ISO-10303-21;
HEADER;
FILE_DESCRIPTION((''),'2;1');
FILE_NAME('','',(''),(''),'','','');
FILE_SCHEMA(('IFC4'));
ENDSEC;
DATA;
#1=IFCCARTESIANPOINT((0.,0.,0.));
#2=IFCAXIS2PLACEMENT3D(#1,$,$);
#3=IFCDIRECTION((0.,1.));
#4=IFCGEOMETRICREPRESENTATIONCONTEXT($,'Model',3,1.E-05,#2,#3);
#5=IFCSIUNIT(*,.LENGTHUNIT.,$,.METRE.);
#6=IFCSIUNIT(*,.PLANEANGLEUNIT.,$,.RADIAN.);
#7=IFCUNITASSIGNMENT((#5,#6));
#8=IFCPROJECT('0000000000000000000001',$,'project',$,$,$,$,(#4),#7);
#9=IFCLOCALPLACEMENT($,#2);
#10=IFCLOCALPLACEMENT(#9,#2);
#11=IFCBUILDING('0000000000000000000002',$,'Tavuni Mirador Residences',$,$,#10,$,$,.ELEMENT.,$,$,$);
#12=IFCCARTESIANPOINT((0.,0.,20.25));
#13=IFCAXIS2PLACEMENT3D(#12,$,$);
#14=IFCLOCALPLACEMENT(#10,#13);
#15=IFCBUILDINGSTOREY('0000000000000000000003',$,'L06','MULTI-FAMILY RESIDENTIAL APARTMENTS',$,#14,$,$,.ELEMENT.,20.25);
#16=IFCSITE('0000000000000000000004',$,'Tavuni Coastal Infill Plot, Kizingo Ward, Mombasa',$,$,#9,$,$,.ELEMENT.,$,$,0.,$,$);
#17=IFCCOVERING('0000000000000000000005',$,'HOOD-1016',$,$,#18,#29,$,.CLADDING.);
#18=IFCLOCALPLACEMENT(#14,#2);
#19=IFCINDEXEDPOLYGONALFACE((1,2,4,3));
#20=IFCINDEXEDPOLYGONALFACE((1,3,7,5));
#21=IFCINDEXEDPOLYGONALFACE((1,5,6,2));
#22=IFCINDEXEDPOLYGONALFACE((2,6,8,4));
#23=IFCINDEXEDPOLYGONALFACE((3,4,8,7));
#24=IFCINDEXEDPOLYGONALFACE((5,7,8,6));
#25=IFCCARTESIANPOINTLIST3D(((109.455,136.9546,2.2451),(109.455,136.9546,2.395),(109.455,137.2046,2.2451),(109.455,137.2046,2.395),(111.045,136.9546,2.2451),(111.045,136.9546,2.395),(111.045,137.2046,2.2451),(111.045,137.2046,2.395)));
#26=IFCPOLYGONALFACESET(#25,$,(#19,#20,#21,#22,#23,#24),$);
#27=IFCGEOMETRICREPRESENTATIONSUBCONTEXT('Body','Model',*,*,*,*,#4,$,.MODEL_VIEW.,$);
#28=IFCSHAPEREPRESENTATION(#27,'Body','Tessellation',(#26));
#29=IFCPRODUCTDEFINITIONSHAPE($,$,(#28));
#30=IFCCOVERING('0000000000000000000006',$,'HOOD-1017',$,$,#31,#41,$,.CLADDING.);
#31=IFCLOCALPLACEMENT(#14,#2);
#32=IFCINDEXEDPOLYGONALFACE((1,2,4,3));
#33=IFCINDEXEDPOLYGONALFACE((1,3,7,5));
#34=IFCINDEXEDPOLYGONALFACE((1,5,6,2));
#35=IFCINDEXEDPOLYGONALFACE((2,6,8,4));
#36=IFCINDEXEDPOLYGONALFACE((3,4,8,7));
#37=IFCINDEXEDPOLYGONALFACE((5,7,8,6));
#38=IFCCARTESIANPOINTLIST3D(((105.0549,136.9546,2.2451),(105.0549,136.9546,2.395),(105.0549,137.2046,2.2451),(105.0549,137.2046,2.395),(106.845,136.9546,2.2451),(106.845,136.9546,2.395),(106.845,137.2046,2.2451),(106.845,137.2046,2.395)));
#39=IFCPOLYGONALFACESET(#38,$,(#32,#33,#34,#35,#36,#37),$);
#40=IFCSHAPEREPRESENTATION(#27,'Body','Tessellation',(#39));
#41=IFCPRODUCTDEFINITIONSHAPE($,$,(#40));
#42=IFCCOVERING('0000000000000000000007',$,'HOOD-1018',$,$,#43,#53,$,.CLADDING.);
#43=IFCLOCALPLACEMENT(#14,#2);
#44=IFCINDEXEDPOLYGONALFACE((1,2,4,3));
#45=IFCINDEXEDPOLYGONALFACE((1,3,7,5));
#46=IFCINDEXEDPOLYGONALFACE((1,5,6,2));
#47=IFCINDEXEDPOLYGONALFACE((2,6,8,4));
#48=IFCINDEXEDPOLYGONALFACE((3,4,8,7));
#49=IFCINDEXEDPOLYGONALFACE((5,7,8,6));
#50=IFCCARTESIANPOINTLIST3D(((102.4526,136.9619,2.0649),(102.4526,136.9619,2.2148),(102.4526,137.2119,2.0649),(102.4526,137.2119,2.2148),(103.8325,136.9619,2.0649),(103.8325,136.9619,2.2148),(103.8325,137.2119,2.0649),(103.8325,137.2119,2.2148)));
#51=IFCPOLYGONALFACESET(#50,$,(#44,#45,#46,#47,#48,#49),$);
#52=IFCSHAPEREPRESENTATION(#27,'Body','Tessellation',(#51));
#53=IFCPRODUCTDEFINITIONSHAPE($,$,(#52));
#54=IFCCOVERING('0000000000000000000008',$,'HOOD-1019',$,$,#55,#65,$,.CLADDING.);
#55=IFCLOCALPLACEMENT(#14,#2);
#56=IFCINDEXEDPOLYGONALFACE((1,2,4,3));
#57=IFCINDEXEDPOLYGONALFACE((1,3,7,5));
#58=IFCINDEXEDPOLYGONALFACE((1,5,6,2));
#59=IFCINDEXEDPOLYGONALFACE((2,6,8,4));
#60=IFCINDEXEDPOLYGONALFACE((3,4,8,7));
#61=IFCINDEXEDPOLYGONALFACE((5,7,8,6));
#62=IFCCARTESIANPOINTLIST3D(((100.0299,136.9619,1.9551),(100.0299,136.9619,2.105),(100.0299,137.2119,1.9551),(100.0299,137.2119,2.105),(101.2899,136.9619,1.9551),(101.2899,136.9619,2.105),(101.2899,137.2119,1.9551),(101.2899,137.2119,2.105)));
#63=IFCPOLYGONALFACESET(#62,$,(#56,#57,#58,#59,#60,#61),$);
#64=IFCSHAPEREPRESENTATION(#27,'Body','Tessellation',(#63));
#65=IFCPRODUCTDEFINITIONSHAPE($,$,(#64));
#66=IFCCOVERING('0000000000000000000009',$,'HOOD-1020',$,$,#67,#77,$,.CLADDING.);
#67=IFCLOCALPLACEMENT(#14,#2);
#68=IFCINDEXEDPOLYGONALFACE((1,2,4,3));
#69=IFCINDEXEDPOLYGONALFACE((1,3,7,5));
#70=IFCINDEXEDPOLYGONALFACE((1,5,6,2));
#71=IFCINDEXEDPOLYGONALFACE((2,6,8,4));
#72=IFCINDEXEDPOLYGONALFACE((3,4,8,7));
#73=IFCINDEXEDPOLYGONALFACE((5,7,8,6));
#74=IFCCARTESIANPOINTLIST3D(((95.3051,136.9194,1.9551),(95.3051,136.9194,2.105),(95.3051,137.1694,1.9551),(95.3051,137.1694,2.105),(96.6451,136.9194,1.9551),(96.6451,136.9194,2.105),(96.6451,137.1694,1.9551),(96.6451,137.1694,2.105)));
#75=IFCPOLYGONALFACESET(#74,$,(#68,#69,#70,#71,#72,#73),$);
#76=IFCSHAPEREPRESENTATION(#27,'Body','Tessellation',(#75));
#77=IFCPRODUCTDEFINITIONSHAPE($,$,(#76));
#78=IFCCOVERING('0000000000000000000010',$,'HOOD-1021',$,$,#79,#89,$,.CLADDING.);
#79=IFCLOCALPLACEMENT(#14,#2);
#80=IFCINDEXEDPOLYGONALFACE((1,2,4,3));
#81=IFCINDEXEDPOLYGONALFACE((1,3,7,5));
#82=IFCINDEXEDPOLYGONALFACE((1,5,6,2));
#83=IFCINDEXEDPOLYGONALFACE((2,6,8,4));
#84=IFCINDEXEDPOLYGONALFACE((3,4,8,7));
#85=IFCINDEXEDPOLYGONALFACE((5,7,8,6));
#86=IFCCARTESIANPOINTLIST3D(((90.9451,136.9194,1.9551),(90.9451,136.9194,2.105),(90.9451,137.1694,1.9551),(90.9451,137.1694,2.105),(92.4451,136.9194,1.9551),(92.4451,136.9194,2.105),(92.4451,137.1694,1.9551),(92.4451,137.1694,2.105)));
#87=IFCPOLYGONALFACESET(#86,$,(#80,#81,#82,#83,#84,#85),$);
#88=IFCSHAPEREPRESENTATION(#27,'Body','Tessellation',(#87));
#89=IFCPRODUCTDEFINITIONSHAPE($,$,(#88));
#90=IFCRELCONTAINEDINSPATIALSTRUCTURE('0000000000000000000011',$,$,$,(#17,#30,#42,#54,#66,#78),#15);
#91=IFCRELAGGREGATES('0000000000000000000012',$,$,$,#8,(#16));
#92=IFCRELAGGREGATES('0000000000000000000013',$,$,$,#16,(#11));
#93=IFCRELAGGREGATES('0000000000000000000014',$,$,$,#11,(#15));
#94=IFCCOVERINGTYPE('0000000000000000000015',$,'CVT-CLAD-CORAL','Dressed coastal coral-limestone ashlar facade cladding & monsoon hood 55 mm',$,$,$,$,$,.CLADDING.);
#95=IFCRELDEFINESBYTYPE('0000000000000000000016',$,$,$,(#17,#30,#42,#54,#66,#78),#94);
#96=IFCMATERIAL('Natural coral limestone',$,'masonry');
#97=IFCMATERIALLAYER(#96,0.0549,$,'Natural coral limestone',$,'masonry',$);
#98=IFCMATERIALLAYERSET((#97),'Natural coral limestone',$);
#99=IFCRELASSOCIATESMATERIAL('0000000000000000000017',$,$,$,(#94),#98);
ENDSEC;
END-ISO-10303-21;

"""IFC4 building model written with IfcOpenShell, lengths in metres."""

from ifc_helpers import new_model, si_unit, direction, frame, origin, origin_2d, place, context, subcontext, project, spatial, rectangle, extrude, material, layer, layer_set, type_object, element, save


model = new_model("IFC4")

# Units and contexts
model_context = context("Model", 3, precision=1e-05, world=origin(), true_north=direction((0.0, 1.0)))
body_context = subcontext(model_context, "Body", "Model", "MODEL_VIEW")
ifc_project = project(units=[si_unit("LENGTHUNIT", "METRE"), si_unit("PLANEANGLEUNIT", "RADIAN")], contexts=[model_context])

# Site, building, storey
site_placement = place(None, origin())
site = spatial("IfcSite", under=ifc_project, at=site_placement, Name="Tavuni Coastal Infill Plot, Kizingo Ward, Mombasa", CompositionType="ELEMENT", RefElevation=0.0)
building_placement = place(site_placement, origin())
building = spatial("IfcBuilding", under=site, at=building_placement, Name="Tavuni Mirador Residences", CompositionType="ELEMENT")
storey_placement = place(building_placement, frame((0.0, 0.0, 20.25)))
storey = spatial("IfcBuildingStorey", under=building, at=storey_placement, Name="L06", Description="MULTI-FAMILY RESIDENTIAL APARTMENTS", CompositionType="ELEMENT", Elevation=20.25)

# Coverings
ifc_material_1 = material(Name="Natural coral limestone", Category="masonry")
ifc_layer_1 = layer(ifc_material_1, 0.0549, Name="Natural coral limestone", Category="masonry")
ifc_layer_set_1 = layer_set([ifc_layer_1], Name="Natural coral limestone")
covering_type = type_object("IfcCoveringType", Name="CVT-CLAD-CORAL", Description="Dressed coastal coral-limestone ashlar facade cladding & monsoon hood 55 mm", PredefinedType="CLADDING", material=ifc_layer_set_1)
for number, where, z_axis, x_axis, name in (
    (1, (110.25, 137.0796, 2.2451), (0.0, 0.0, 1.0), (-1.0, 0.0, 0.0), "HOOD-1016"),
):
    element("IfcCovering", number, at=place(storey_placement, frame(where, z_axis=z_axis, x_axis=x_axis)), inside=storey, type_object=covering_type, Name=name, PredefinedType="CLADDING", context=body_context, shape_type="SweptSolid", body=[
        extrude(rectangle(XDim=1.5901, YDim=0.25, at=origin_2d()), origin(), (0.0, 0.0, 1.0), 0.1499),
    ])
covering_1_placement = place(storey_placement, frame((105.95, 137.0796, 2.2451), z_axis=(0.0, 0.0, 1.0), x_axis=(-1.0, 0.0, 0.0)))
element("IfcCovering", 2, at=covering_1_placement, inside=storey, type_object=covering_type, Name="HOOD-1017", PredefinedType="CLADDING", context=body_context, shape_type="SweptSolid", body=[
    extrude(rectangle(XDim=1.79, YDim=0.25, at=origin_2d()), origin(), (0.0, 0.0, 1.0), 0.1499),
])
covering_2_placement = place(storey_placement, frame((103.1426, 137.0869, 2.0649), z_axis=(0.0, 0.0, 1.0), x_axis=(-1.0, 0.0, 0.0)))
element("IfcCovering", 3, at=covering_2_placement, inside=storey, type_object=covering_type, Name="HOOD-1018", PredefinedType="CLADDING", context=body_context, shape_type="SweptSolid", body=[
    extrude(rectangle(XDim=1.3799, YDim=0.25, at=origin_2d()), origin(), (0.0, 0.0, 1.0), 0.1499),
])
covering_3_placement = place(storey_placement, frame((100.6599, 137.0869, 1.9551), z_axis=(0.0, 0.0, 1.0), x_axis=(-1.0, 0.0, 0.0)))
element("IfcCovering", 4, at=covering_3_placement, inside=storey, type_object=covering_type, Name="HOOD-1019", PredefinedType="CLADDING", context=body_context, shape_type="SweptSolid", body=[
    extrude(rectangle(XDim=1.26, YDim=0.25, at=origin_2d()), origin(), (0.0, 0.0, 1.0), 0.1499),
])
covering_4_placement = place(storey_placement, frame((95.9751, 137.0444, 1.9551), z_axis=(0.0, 0.0, 1.0), x_axis=(-1.0, 0.0, 0.0)))
element("IfcCovering", 5, at=covering_4_placement, inside=storey, type_object=covering_type, Name="HOOD-1020", PredefinedType="CLADDING", context=body_context, shape_type="SweptSolid", body=[
    extrude(rectangle(XDim=1.3401, YDim=0.25, at=origin_2d()), origin(), (0.0, 0.0, 1.0), 0.1499),
])
covering_5_placement = place(storey_placement, frame((91.6951, 137.0444, 1.9551), z_axis=(0.0, 0.0, 1.0), x_axis=(-1.0, 0.0, 0.0)))
element("IfcCovering", 6, at=covering_5_placement, inside=storey, type_object=covering_type, Name="HOOD-1021", PredefinedType="CLADDING", context=body_context, shape_type="SweptSolid", body=[
    extrude(rectangle(XDim=1.5, YDim=0.25, at=origin_2d()), origin(), (0.0, 0.0, 1.0), 0.1499),
])

save(model, "model.ifc")
